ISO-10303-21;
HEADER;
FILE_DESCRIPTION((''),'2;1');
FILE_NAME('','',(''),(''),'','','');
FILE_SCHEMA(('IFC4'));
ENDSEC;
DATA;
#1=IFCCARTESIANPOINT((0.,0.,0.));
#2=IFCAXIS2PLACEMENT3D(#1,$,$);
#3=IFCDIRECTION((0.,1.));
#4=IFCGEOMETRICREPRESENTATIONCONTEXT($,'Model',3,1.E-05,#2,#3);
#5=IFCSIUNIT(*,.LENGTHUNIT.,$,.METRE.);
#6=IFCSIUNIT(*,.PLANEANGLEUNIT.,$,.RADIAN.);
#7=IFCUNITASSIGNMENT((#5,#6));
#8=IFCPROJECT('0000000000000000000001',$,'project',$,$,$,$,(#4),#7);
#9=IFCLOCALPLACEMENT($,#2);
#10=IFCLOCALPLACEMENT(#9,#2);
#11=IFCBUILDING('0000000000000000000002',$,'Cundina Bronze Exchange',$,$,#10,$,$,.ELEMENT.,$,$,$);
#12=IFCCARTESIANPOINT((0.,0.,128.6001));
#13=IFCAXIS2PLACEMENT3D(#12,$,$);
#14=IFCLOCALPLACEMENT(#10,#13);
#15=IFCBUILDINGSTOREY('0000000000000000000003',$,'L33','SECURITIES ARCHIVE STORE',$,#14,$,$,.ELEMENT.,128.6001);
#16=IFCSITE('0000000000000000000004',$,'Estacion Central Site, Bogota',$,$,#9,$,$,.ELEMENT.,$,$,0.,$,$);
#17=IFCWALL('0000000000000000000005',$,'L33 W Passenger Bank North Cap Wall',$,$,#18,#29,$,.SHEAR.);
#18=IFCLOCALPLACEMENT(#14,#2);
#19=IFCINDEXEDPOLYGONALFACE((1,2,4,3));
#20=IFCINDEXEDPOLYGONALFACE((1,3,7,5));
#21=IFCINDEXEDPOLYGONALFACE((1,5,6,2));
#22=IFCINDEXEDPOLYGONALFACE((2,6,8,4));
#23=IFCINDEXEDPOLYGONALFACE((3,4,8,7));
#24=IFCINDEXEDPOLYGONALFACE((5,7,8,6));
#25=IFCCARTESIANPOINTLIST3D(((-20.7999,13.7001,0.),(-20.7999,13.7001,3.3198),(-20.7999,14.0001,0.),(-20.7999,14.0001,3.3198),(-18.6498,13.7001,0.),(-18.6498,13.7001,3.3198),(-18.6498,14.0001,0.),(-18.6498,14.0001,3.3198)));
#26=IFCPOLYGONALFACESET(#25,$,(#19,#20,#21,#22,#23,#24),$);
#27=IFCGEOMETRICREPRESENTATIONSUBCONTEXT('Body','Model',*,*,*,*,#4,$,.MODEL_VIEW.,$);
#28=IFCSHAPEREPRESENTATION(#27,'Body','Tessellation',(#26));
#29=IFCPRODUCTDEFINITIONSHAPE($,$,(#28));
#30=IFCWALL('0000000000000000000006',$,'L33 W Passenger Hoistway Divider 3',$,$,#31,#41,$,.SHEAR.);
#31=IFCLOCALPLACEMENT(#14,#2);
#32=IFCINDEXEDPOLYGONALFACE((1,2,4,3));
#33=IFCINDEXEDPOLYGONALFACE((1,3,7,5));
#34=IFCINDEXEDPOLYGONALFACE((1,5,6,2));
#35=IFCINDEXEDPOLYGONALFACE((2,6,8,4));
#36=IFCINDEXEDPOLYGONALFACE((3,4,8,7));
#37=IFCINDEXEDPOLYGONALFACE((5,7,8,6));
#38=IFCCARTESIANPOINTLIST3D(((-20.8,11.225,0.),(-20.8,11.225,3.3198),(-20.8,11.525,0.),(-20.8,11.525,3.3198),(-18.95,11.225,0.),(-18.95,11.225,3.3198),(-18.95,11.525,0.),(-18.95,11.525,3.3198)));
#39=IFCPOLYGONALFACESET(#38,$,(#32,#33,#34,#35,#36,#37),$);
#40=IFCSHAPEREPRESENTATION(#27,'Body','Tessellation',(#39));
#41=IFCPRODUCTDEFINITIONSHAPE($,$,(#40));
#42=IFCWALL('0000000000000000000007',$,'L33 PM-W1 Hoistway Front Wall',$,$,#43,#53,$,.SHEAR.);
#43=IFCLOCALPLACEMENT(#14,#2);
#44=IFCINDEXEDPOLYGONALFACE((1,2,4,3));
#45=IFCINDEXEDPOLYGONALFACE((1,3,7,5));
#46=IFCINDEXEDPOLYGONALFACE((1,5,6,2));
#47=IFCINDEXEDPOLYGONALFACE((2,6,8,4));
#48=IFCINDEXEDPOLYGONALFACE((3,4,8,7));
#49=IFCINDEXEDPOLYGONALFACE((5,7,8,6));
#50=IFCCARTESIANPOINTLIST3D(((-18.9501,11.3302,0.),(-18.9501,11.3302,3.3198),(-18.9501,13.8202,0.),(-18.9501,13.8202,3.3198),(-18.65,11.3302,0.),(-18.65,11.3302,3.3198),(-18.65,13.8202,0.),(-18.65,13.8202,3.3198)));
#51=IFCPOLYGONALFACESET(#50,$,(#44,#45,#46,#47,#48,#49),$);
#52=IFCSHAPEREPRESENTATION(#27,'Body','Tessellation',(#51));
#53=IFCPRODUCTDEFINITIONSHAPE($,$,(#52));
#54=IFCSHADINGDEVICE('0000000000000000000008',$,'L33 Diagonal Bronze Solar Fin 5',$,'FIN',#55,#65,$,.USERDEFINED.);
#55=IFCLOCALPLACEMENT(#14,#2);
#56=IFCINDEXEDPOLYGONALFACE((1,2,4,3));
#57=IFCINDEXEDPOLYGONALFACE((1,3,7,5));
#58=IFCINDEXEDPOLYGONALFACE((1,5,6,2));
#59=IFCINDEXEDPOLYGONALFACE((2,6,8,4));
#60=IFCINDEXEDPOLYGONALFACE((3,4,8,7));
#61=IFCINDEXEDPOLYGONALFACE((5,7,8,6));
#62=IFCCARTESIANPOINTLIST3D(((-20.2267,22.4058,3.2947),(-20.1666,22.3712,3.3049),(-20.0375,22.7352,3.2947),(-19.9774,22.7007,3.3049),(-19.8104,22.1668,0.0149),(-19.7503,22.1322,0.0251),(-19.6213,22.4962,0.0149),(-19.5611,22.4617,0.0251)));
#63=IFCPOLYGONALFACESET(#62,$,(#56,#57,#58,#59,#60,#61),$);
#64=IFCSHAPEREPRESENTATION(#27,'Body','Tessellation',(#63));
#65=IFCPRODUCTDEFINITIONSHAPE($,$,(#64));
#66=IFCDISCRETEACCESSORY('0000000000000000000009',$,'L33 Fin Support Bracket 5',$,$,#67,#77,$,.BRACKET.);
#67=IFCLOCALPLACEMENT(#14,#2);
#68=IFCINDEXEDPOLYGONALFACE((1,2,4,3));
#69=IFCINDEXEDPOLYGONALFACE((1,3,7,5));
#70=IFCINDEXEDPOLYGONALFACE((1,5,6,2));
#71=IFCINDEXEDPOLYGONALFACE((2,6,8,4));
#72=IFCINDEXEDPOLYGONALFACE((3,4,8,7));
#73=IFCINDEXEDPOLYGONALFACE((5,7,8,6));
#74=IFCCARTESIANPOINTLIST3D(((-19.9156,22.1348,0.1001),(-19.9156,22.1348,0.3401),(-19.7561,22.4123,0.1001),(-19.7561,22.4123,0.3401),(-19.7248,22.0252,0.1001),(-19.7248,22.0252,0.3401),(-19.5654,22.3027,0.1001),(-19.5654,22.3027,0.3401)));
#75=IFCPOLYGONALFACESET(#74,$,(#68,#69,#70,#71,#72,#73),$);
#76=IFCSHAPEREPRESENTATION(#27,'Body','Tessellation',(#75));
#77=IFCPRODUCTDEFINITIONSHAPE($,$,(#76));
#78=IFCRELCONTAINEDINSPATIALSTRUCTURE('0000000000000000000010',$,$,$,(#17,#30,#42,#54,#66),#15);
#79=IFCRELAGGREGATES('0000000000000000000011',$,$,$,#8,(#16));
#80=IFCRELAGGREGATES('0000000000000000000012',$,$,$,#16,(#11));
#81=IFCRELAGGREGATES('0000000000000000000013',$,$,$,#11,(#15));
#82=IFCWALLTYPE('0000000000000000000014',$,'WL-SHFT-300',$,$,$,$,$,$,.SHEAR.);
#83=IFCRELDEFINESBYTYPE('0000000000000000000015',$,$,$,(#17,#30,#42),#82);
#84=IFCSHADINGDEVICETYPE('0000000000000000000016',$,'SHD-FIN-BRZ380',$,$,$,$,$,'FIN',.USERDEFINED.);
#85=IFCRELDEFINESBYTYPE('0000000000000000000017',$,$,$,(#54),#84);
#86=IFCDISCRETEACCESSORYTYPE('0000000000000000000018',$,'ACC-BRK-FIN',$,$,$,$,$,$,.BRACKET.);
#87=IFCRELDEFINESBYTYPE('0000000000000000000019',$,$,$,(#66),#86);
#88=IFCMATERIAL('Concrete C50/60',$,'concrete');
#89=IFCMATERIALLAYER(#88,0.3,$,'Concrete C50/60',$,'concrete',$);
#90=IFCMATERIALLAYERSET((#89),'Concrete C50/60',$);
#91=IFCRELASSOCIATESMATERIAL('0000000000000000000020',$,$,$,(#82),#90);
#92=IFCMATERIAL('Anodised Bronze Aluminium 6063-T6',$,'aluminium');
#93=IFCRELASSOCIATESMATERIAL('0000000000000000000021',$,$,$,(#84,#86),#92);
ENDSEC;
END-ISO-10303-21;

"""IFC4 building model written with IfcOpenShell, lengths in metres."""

from ifc_helpers import new_model, si_unit, direction, frame, frame_2d, origin, origin_2d, place, context, subcontext, project, spatial, rectangle, extrude, material, layer, layer_set, material_profile, profile_set, type_object, element, save


model = new_model("IFC4")

# Units and contexts
model_context = context("Model", 3, precision=1e-05, world=origin(), true_north=direction((0.0, 1.0)))
body_context = subcontext(model_context, "Body", "Model", "MODEL_VIEW")
ifc_project = project(units=[si_unit("LENGTHUNIT", "METRE"), si_unit("PLANEANGLEUNIT", "RADIAN")], contexts=[model_context])

# Site, building, storey
site_placement = place(None, origin())
site = spatial("IfcSite", under=ifc_project, at=site_placement, Name="Estacion Central Site, Bogota", CompositionType="ELEMENT", RefElevation=0.0)
building_placement = place(site_placement, origin())
building = spatial("IfcBuilding", under=site, at=building_placement, Name="Cundina Bronze Exchange", CompositionType="ELEMENT")
storey_placement = place(building_placement, frame((0.0, 0.0, 128.6001)))
storey = spatial("IfcBuildingStorey", under=building, at=storey_placement, Name="L33", Description="SECURITIES ARCHIVE STORE", CompositionType="ELEMENT", Elevation=128.6001)

# Shared definitions
ifc_material_1 = material(Name="Anodised Bronze Aluminium 6063-T6", Category="aluminium")

# Shared definitions
ifc_material_2 = material(Name="Concrete C50/60", Category="concrete")
ifc_layer_1 = layer(ifc_material_2, 0.3, Name="Concrete C50/60", Category="concrete")
ifc_layer_set_1 = layer_set([ifc_layer_1], Name="Concrete C50/60")
wall_type_1 = type_object("IfcWallType", Name="WL-SHFT-300", PredefinedType="SHEAR", material=ifc_layer_set_1)

# Walls
wall_1_placement = place(storey_placement, frame((-20.8, 13.8501, 0.0), z_axis=(0.0, 0.0, 1.0), x_axis=(1.0, 0.0, 0.0)))
element("IfcWall", 1, at=wall_1_placement, inside=storey, type_object=wall_type_1, Name="L33 W Passenger Bank North Cap Wall", PredefinedType="SHEAR", context=body_context, shape_type="SweptSolid", body=[
    extrude(rectangle(XDim=2.1501, YDim=0.3, at=frame_2d((1.0752, 0.0))), origin(), (0.0, 0.0, 1.0), 3.3198),
])
wall_2_placement = place(storey_placement, frame((-20.8, 11.375, 0.0), z_axis=(0.0, 0.0, 1.0), x_axis=(1.0, 0.0, 0.0)))
element("IfcWall", 2, at=wall_2_placement, inside=storey, type_object=wall_type_1, Name="L33 W Passenger Hoistway Divider 3", PredefinedType="SHEAR", context=body_context, shape_type="SweptSolid", body=[
    extrude(rectangle(XDim=1.8501, YDim=0.3, at=frame_2d((0.925, 0.0))), origin(), (0.0, 0.0, 1.0), 3.3198),
])
wall_3_placement = place(storey_placement, frame((-18.8, 11.3301, 0.0), z_axis=(0.0, 0.0, 1.0), x_axis=(0.0, 1.0, 0.0)))
element("IfcWall", 3, at=wall_3_placement, inside=storey, type_object=wall_type_1, Name="L33 PM-W1 Hoistway Front Wall", PredefinedType="SHEAR", context=body_context, shape_type="SweptSolid", body=[
    extrude(rectangle(XDim=2.49, YDim=0.3, at=frame_2d((1.2451, 0.0))), origin(), (0.0, 0.0, 1.0), 3.3198),
])

# Shading device
ifc_material_profile_1 = material_profile(ifc_material_1, rectangle(XDim=0.0701, YDim=0.3799, at=origin_2d()), Name="FIN70X380", Category="aluminium")
ifc_profile_set_1 = profile_set([ifc_material_profile_1], Name="Anodised Bronze Aluminium 6063-T6")
shading_device_type = type_object("IfcShadingDeviceType", Name="SHD-FIN-BRZ380", ElementType="FIN", PredefinedType="USERDEFINED", material=ifc_profile_set_1)
shading_device_placement = place(storey_placement, frame((-19.6858, 22.3142, 0.02), z_axis=(-0.125579, 0.072107, 0.98946), x_axis=(0.858068, -0.492697, 0.144808)))
element("IfcShadingDevice", 4, at=shading_device_placement, inside=storey, type_object=shading_device_type, Name="L33 Diagonal Bronze Solar Fin 5", ObjectType="FIN", PredefinedType="USERDEFINED", context=body_context, shape_type="SweptSolid", body=[
    extrude(rectangle(XDim=0.0701, YDim=0.3799, at=origin_2d()), origin(), (0.0, 0.0, 1.0), 3.3147),
])

# Discrete accessory
discrete_accessory_type = type_object("IfcDiscreteAccessoryType", Name="ACC-BRK-FIN", PredefinedType="BRACKET", material=ifc_material_1)
discrete_accessory_placement = place(storey_placement, frame((-19.7405, 22.2188, 0.1001), z_axis=(0.0, 0.0, 1.0), x_axis=(-0.867105, 0.498125, 0.0)))
element("IfcDiscreteAccessory", 5, at=discrete_accessory_placement, inside=storey, type_object=discrete_accessory_type, Name="L33 Fin Support Bracket 5", PredefinedType="BRACKET", context=body_context, shape_type="SweptSolid", body=[
    extrude(rectangle(XDim=0.22, YDim=0.3201, at=origin_2d()), origin(), (0.0, 0.0, 1.0), 0.24),
])

save(model, "model.ifc")
